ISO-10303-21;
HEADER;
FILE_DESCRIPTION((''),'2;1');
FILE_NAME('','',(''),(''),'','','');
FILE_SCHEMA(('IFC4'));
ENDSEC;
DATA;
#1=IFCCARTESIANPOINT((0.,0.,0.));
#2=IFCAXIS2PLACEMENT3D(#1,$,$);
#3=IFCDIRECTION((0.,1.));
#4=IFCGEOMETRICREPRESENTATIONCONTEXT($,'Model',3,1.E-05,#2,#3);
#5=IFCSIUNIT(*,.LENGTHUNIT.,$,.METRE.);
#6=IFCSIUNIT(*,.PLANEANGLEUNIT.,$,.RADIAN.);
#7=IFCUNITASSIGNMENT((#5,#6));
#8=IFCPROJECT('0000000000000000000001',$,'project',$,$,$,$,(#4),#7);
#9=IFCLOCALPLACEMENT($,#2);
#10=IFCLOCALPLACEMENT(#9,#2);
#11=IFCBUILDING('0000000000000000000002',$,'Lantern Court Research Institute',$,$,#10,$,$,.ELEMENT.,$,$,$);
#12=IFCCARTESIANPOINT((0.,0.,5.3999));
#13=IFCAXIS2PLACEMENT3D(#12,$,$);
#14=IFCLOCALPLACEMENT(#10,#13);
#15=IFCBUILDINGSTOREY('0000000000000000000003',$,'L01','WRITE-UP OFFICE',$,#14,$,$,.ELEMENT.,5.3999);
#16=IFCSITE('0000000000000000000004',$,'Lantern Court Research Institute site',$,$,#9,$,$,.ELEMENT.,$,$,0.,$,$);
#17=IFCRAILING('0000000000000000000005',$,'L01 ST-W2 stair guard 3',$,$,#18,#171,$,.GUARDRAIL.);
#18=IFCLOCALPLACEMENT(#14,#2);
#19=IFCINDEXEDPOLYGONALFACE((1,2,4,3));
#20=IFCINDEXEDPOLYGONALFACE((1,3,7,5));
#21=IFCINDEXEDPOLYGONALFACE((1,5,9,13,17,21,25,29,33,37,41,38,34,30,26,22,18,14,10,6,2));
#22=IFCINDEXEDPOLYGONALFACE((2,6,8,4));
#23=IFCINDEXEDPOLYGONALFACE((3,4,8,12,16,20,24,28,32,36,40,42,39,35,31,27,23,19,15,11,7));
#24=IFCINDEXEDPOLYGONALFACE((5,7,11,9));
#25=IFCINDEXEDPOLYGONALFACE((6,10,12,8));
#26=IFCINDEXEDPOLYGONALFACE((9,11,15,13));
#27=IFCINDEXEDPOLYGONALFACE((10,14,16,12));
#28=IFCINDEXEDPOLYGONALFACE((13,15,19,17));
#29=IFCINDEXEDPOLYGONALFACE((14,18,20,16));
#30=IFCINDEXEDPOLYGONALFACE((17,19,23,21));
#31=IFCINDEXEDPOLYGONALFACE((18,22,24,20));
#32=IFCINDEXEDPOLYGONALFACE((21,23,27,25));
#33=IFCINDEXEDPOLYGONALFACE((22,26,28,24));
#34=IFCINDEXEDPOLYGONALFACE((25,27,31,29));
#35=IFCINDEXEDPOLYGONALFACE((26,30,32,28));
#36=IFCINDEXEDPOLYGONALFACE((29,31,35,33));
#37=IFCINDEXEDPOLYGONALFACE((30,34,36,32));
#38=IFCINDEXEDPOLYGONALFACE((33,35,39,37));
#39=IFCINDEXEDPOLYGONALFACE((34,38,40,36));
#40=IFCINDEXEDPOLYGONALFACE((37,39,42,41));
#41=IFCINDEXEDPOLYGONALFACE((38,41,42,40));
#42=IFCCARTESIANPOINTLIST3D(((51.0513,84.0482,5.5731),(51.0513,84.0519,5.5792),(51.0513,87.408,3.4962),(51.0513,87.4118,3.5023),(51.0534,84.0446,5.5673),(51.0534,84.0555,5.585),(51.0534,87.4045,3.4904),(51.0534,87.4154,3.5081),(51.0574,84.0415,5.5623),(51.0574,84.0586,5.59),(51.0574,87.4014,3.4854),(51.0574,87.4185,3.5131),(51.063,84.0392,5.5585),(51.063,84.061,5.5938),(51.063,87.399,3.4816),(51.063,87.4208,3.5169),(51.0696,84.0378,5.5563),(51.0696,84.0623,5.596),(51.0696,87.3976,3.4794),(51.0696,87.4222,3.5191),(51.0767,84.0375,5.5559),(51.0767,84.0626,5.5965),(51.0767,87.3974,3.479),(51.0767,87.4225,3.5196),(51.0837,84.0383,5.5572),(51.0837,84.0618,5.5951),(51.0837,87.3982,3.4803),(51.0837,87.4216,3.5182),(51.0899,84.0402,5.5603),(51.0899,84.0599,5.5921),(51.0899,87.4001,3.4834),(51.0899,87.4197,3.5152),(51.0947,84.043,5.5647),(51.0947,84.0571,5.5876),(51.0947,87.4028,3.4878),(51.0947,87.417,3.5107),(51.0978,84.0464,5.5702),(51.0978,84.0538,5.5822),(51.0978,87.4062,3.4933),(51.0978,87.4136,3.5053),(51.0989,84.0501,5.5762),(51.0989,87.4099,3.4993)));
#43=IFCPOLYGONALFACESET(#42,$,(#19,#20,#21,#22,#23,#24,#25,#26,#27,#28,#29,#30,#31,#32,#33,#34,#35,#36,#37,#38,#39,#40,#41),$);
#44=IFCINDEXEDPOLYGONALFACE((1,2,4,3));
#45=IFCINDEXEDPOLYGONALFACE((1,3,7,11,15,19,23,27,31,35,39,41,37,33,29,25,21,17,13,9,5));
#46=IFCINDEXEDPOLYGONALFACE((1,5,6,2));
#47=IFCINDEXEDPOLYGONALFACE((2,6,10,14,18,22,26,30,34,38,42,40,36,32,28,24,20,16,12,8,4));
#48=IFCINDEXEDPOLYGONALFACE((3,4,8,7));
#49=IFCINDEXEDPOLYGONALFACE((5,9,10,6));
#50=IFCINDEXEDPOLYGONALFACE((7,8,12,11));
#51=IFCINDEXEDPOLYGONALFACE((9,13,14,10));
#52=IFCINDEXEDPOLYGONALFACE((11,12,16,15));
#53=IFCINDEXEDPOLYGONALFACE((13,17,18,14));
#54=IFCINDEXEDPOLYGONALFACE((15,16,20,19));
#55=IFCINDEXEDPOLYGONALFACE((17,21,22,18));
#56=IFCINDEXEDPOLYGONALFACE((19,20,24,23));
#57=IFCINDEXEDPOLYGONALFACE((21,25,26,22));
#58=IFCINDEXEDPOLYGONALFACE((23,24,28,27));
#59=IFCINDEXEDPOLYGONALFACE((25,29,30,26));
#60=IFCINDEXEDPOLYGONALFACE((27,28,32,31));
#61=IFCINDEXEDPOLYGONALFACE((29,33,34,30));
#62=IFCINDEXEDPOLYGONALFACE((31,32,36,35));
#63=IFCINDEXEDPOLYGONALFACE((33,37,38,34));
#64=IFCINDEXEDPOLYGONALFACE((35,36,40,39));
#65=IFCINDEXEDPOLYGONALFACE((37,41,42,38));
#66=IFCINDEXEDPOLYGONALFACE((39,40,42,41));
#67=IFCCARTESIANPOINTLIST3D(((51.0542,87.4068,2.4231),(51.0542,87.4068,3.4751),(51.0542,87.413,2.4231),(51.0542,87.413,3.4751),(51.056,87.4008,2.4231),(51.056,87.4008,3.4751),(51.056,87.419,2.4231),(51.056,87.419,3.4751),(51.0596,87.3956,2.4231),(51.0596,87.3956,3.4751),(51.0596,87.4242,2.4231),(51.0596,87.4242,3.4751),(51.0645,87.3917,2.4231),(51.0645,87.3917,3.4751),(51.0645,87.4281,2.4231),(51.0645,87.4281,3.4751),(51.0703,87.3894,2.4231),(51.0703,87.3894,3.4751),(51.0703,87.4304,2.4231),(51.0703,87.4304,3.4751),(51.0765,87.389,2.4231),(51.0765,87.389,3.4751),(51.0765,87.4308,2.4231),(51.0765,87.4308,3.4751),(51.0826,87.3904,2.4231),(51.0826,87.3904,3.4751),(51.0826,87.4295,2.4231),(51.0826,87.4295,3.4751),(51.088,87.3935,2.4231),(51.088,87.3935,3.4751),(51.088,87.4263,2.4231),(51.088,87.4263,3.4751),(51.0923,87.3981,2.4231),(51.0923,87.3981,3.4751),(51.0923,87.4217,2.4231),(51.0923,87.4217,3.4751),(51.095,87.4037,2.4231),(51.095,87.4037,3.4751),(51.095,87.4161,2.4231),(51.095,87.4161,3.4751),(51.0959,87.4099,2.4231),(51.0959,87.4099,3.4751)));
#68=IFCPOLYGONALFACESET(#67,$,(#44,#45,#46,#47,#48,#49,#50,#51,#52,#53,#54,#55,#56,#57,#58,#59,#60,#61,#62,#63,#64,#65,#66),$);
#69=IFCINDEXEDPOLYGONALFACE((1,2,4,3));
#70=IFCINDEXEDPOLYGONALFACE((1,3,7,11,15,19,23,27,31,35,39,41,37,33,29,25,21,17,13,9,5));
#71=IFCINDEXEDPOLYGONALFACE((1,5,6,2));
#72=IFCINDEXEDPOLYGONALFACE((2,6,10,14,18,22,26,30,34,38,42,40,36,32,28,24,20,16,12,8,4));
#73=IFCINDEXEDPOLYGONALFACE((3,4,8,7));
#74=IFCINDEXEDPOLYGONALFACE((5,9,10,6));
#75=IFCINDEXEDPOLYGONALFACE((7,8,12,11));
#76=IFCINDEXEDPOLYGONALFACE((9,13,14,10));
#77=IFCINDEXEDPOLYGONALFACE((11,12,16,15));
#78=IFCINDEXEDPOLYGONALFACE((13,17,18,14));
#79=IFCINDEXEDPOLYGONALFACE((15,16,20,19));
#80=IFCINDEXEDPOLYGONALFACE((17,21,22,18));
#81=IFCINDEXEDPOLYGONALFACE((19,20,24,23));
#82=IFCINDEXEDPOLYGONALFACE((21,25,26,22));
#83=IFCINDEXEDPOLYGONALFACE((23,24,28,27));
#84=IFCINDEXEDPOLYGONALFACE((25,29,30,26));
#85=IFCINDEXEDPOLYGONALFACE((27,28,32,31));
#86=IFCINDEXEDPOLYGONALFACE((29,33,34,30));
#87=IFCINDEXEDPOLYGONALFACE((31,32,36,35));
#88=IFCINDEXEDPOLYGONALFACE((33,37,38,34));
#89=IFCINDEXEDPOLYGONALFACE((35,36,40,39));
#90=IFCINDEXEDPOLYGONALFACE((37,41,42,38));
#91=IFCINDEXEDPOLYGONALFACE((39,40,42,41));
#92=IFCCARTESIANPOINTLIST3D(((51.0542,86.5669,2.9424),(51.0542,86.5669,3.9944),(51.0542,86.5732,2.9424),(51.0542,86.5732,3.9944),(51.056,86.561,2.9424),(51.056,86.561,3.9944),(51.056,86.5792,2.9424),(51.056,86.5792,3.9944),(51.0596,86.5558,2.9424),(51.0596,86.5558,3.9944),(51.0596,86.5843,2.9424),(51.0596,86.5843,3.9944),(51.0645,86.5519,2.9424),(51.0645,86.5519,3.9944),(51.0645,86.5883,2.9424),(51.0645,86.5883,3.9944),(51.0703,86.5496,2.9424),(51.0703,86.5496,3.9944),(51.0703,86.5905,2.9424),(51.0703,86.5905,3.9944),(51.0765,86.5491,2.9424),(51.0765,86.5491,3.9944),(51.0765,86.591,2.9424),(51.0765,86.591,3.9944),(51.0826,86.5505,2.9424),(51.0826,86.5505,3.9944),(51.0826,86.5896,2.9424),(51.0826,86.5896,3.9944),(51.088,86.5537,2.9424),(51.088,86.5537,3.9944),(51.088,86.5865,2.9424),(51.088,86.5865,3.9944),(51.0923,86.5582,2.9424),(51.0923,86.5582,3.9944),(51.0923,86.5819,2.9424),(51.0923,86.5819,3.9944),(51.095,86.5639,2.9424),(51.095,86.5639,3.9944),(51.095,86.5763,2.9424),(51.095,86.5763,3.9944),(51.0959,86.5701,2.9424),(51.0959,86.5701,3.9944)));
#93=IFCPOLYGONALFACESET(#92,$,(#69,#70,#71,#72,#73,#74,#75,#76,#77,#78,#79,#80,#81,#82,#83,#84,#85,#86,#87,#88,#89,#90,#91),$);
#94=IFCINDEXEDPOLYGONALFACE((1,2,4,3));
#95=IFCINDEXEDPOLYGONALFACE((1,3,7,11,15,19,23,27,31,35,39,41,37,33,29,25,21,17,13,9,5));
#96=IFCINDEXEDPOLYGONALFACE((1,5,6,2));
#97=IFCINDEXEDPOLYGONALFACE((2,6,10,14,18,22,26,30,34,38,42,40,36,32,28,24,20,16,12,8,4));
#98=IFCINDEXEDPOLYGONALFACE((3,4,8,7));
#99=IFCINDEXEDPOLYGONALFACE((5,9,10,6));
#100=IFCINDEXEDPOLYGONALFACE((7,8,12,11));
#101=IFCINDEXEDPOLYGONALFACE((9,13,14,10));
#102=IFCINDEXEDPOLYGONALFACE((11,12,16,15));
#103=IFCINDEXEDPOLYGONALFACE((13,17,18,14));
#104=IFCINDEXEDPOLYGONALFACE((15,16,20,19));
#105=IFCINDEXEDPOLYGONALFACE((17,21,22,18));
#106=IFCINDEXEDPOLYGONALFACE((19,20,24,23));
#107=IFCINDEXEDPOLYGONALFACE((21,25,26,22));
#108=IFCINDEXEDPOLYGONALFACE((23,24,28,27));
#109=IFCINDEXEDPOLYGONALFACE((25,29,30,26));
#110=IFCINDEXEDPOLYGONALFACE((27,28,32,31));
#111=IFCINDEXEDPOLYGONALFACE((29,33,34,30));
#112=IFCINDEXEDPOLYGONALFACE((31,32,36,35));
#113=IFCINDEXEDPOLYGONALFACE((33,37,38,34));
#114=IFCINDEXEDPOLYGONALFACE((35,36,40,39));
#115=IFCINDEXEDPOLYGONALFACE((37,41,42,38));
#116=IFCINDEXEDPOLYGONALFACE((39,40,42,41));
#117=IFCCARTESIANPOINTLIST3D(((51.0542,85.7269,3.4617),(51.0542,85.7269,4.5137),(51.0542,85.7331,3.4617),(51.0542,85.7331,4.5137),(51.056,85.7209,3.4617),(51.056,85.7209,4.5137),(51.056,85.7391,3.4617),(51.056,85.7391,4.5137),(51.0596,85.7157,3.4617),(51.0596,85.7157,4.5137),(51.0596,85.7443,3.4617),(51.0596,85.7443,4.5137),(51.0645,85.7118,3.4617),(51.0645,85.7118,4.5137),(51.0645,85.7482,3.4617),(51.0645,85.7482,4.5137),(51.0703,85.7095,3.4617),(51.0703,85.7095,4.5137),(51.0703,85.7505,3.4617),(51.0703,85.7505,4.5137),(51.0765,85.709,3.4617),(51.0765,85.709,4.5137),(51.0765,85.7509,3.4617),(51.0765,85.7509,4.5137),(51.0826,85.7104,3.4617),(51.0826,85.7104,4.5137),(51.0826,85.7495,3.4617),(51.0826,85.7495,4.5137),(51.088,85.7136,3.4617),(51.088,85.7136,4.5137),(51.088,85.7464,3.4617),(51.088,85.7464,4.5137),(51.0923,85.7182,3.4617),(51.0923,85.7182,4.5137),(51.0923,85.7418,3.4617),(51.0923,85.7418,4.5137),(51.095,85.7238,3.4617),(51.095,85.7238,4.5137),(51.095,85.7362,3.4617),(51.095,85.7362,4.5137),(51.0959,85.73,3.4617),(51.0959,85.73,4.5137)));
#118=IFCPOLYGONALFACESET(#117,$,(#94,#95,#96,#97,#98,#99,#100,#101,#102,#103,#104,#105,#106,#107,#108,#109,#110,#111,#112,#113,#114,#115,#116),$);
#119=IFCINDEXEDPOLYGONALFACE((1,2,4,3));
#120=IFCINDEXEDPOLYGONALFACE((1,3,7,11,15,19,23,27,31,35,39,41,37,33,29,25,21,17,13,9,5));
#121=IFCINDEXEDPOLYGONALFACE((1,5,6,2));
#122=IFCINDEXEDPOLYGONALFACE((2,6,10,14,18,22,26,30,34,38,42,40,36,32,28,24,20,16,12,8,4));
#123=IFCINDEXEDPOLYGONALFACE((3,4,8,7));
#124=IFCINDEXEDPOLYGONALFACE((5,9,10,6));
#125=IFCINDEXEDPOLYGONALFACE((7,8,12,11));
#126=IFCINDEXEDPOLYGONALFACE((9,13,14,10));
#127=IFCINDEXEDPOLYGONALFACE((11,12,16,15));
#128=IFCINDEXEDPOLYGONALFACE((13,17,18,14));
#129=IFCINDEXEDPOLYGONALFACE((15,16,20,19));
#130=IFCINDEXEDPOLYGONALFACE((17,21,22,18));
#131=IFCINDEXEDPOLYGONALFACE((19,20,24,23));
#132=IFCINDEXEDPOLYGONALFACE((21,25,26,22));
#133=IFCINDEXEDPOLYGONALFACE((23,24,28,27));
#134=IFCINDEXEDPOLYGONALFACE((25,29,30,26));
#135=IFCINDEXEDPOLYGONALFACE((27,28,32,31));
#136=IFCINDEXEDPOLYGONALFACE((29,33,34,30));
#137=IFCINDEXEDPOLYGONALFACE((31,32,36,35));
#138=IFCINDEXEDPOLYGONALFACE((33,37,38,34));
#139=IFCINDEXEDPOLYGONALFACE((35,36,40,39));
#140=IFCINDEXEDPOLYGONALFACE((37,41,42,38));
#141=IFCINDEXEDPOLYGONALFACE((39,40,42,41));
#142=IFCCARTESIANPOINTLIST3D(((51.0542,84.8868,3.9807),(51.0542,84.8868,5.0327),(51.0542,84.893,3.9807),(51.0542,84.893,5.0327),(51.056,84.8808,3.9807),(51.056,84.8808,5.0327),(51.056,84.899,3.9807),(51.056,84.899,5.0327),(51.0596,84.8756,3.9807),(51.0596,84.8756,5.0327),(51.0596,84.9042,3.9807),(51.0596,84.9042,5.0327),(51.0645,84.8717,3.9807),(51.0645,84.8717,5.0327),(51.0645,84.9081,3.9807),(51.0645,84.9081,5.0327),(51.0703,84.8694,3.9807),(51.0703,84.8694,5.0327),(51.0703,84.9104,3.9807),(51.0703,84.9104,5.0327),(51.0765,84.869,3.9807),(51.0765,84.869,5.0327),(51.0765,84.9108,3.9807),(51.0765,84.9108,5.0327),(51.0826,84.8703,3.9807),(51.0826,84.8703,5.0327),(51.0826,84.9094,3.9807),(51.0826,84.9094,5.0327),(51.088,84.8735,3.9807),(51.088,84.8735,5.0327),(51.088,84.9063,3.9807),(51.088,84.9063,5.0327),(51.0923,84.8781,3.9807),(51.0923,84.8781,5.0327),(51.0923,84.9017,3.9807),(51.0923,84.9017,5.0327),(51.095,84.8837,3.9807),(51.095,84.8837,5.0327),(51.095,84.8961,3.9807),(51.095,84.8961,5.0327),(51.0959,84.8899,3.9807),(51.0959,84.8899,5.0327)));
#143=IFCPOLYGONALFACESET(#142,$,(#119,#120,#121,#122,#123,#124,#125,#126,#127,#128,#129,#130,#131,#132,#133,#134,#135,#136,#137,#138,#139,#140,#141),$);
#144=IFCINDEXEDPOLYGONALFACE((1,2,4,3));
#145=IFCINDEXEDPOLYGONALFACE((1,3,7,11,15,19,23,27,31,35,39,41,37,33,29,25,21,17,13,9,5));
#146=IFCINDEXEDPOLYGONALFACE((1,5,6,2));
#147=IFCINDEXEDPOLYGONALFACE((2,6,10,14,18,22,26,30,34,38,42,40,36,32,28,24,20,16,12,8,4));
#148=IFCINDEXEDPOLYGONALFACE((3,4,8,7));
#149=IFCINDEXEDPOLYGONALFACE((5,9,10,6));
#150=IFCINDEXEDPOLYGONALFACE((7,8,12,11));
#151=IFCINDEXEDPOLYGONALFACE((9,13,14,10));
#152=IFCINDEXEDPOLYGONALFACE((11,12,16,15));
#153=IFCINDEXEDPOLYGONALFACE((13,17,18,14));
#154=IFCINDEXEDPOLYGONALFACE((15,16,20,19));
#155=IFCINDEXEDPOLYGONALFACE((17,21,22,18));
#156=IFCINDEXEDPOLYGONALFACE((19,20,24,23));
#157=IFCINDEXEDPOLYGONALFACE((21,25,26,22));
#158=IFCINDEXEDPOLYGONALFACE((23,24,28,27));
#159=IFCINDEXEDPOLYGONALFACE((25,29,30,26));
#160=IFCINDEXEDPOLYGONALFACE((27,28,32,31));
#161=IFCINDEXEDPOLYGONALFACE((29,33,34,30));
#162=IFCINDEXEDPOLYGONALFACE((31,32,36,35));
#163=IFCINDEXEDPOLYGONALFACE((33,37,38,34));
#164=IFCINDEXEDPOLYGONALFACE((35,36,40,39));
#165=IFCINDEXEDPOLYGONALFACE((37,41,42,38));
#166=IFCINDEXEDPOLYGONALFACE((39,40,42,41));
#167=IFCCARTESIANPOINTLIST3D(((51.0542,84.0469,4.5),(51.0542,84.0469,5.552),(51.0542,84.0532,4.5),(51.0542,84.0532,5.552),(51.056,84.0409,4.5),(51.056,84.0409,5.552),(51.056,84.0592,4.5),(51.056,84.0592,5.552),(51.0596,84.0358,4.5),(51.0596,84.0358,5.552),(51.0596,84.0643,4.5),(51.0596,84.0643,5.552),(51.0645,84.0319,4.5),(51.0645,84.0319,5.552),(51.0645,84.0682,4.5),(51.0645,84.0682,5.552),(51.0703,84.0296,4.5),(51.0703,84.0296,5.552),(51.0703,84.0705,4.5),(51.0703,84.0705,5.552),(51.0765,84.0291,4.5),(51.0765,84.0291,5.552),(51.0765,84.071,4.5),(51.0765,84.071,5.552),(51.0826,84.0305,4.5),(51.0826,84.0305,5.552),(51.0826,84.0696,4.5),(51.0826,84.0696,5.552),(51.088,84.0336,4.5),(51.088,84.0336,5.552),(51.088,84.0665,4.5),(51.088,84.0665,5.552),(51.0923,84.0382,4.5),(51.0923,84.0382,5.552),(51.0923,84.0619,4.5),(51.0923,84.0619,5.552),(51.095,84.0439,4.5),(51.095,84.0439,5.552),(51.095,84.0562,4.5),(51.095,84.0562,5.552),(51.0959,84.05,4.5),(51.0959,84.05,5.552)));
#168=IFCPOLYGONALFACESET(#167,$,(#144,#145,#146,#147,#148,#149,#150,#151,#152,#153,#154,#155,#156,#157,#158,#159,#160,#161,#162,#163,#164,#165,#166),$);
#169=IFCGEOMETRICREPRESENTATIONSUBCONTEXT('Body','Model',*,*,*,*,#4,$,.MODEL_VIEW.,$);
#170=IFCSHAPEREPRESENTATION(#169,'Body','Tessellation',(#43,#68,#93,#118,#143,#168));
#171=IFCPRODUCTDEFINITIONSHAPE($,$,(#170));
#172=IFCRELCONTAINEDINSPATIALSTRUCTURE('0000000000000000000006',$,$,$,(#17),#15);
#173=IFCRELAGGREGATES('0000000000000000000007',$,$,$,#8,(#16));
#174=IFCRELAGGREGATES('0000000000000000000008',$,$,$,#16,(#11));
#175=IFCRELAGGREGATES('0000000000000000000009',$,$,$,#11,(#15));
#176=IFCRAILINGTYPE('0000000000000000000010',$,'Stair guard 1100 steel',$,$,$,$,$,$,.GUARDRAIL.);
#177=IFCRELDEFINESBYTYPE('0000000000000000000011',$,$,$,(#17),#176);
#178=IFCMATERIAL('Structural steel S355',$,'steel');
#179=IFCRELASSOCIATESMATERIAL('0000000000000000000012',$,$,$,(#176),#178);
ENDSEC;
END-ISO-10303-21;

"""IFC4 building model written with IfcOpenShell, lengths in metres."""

from ifc_helpers import new_model, si_unit, direction, frame, origin, origin_2d, place, context, subcontext, project, spatial, circle, extrude, material, type_object, element, save


model = new_model("IFC4")

# Units and contexts
model_context = context("Model", 3, precision=1e-05, world=origin(), true_north=direction((0.0, 1.0)))
body_context = subcontext(model_context, "Body", "Model", "MODEL_VIEW")
ifc_project = project(units=[si_unit("LENGTHUNIT", "METRE"), si_unit("PLANEANGLEUNIT", "RADIAN")], contexts=[model_context])

# Site, building, storey
site_placement = place(None, origin())
site = spatial("IfcSite", under=ifc_project, at=site_placement, Name="Lantern Court Research Institute site", CompositionType="ELEMENT", RefElevation=0.0)
building_placement = place(site_placement, origin())
building = spatial("IfcBuilding", under=site, at=building_placement, Name="Lantern Court Research Institute", CompositionType="ELEMENT")
storey_placement = place(building_placement, frame((0.0, 0.0, 5.3999)))
storey = spatial("IfcBuildingStorey", under=building, at=storey_placement, Name="L01", Description="WRITE-UP OFFICE", CompositionType="ELEMENT", Elevation=5.3999)

# Railing
ifc_material_1 = material(Name="Structural steel S355", Category="steel")
railing_type_1 = type_object("IfcRailingType", Name="Stair guard 1100 steel", PredefinedType="GUARDRAIL", material=ifc_material_1)
railing_1_placement = place(storey_placement, frame((51.075, 87.4099, 2.4231)))
element("IfcRailing", 1, at=railing_1_placement, inside=storey, type_object=railing_type_1, Name="L01 ST-W2 stair guard 3", PredefinedType="GUARDRAIL", context=body_context, shape_type="SweptSolid", body=[
    extrude(circle(Radius=0.0239, at=origin_2d()), frame((0.0, 0.0, 1.0762), z_axis=(0.0, -0.850606, 0.525803), x_axis=(1.0, 0.0, 0.0)), (0.0, 0.0, 1.0), 3.95),
    extrude(circle(Radius=0.021, at=origin_2d()), origin(), (0.0, 0.0, 1.0), 1.052),
    extrude(circle(Radius=0.021, at=origin_2d()), frame((0.0, -0.8398, 0.5193)), (0.0, 0.0, 1.0), 1.052),
    extrude(circle(Radius=0.021, at=origin_2d()), frame((0.0, -1.6799, 1.0386)), (0.0, 0.0, 1.0), 1.052),
    extrude(circle(Radius=0.021, at=origin_2d()), frame((0.0, -2.52, 1.5576)), (0.0, 0.0, 1.0), 1.052),
    extrude(circle(Radius=0.021, at=origin_2d()), frame((0.0, -3.3599, 2.0769)), (0.0, 0.0, 1.0), 1.052),
])

save(model, "model.ifc")
